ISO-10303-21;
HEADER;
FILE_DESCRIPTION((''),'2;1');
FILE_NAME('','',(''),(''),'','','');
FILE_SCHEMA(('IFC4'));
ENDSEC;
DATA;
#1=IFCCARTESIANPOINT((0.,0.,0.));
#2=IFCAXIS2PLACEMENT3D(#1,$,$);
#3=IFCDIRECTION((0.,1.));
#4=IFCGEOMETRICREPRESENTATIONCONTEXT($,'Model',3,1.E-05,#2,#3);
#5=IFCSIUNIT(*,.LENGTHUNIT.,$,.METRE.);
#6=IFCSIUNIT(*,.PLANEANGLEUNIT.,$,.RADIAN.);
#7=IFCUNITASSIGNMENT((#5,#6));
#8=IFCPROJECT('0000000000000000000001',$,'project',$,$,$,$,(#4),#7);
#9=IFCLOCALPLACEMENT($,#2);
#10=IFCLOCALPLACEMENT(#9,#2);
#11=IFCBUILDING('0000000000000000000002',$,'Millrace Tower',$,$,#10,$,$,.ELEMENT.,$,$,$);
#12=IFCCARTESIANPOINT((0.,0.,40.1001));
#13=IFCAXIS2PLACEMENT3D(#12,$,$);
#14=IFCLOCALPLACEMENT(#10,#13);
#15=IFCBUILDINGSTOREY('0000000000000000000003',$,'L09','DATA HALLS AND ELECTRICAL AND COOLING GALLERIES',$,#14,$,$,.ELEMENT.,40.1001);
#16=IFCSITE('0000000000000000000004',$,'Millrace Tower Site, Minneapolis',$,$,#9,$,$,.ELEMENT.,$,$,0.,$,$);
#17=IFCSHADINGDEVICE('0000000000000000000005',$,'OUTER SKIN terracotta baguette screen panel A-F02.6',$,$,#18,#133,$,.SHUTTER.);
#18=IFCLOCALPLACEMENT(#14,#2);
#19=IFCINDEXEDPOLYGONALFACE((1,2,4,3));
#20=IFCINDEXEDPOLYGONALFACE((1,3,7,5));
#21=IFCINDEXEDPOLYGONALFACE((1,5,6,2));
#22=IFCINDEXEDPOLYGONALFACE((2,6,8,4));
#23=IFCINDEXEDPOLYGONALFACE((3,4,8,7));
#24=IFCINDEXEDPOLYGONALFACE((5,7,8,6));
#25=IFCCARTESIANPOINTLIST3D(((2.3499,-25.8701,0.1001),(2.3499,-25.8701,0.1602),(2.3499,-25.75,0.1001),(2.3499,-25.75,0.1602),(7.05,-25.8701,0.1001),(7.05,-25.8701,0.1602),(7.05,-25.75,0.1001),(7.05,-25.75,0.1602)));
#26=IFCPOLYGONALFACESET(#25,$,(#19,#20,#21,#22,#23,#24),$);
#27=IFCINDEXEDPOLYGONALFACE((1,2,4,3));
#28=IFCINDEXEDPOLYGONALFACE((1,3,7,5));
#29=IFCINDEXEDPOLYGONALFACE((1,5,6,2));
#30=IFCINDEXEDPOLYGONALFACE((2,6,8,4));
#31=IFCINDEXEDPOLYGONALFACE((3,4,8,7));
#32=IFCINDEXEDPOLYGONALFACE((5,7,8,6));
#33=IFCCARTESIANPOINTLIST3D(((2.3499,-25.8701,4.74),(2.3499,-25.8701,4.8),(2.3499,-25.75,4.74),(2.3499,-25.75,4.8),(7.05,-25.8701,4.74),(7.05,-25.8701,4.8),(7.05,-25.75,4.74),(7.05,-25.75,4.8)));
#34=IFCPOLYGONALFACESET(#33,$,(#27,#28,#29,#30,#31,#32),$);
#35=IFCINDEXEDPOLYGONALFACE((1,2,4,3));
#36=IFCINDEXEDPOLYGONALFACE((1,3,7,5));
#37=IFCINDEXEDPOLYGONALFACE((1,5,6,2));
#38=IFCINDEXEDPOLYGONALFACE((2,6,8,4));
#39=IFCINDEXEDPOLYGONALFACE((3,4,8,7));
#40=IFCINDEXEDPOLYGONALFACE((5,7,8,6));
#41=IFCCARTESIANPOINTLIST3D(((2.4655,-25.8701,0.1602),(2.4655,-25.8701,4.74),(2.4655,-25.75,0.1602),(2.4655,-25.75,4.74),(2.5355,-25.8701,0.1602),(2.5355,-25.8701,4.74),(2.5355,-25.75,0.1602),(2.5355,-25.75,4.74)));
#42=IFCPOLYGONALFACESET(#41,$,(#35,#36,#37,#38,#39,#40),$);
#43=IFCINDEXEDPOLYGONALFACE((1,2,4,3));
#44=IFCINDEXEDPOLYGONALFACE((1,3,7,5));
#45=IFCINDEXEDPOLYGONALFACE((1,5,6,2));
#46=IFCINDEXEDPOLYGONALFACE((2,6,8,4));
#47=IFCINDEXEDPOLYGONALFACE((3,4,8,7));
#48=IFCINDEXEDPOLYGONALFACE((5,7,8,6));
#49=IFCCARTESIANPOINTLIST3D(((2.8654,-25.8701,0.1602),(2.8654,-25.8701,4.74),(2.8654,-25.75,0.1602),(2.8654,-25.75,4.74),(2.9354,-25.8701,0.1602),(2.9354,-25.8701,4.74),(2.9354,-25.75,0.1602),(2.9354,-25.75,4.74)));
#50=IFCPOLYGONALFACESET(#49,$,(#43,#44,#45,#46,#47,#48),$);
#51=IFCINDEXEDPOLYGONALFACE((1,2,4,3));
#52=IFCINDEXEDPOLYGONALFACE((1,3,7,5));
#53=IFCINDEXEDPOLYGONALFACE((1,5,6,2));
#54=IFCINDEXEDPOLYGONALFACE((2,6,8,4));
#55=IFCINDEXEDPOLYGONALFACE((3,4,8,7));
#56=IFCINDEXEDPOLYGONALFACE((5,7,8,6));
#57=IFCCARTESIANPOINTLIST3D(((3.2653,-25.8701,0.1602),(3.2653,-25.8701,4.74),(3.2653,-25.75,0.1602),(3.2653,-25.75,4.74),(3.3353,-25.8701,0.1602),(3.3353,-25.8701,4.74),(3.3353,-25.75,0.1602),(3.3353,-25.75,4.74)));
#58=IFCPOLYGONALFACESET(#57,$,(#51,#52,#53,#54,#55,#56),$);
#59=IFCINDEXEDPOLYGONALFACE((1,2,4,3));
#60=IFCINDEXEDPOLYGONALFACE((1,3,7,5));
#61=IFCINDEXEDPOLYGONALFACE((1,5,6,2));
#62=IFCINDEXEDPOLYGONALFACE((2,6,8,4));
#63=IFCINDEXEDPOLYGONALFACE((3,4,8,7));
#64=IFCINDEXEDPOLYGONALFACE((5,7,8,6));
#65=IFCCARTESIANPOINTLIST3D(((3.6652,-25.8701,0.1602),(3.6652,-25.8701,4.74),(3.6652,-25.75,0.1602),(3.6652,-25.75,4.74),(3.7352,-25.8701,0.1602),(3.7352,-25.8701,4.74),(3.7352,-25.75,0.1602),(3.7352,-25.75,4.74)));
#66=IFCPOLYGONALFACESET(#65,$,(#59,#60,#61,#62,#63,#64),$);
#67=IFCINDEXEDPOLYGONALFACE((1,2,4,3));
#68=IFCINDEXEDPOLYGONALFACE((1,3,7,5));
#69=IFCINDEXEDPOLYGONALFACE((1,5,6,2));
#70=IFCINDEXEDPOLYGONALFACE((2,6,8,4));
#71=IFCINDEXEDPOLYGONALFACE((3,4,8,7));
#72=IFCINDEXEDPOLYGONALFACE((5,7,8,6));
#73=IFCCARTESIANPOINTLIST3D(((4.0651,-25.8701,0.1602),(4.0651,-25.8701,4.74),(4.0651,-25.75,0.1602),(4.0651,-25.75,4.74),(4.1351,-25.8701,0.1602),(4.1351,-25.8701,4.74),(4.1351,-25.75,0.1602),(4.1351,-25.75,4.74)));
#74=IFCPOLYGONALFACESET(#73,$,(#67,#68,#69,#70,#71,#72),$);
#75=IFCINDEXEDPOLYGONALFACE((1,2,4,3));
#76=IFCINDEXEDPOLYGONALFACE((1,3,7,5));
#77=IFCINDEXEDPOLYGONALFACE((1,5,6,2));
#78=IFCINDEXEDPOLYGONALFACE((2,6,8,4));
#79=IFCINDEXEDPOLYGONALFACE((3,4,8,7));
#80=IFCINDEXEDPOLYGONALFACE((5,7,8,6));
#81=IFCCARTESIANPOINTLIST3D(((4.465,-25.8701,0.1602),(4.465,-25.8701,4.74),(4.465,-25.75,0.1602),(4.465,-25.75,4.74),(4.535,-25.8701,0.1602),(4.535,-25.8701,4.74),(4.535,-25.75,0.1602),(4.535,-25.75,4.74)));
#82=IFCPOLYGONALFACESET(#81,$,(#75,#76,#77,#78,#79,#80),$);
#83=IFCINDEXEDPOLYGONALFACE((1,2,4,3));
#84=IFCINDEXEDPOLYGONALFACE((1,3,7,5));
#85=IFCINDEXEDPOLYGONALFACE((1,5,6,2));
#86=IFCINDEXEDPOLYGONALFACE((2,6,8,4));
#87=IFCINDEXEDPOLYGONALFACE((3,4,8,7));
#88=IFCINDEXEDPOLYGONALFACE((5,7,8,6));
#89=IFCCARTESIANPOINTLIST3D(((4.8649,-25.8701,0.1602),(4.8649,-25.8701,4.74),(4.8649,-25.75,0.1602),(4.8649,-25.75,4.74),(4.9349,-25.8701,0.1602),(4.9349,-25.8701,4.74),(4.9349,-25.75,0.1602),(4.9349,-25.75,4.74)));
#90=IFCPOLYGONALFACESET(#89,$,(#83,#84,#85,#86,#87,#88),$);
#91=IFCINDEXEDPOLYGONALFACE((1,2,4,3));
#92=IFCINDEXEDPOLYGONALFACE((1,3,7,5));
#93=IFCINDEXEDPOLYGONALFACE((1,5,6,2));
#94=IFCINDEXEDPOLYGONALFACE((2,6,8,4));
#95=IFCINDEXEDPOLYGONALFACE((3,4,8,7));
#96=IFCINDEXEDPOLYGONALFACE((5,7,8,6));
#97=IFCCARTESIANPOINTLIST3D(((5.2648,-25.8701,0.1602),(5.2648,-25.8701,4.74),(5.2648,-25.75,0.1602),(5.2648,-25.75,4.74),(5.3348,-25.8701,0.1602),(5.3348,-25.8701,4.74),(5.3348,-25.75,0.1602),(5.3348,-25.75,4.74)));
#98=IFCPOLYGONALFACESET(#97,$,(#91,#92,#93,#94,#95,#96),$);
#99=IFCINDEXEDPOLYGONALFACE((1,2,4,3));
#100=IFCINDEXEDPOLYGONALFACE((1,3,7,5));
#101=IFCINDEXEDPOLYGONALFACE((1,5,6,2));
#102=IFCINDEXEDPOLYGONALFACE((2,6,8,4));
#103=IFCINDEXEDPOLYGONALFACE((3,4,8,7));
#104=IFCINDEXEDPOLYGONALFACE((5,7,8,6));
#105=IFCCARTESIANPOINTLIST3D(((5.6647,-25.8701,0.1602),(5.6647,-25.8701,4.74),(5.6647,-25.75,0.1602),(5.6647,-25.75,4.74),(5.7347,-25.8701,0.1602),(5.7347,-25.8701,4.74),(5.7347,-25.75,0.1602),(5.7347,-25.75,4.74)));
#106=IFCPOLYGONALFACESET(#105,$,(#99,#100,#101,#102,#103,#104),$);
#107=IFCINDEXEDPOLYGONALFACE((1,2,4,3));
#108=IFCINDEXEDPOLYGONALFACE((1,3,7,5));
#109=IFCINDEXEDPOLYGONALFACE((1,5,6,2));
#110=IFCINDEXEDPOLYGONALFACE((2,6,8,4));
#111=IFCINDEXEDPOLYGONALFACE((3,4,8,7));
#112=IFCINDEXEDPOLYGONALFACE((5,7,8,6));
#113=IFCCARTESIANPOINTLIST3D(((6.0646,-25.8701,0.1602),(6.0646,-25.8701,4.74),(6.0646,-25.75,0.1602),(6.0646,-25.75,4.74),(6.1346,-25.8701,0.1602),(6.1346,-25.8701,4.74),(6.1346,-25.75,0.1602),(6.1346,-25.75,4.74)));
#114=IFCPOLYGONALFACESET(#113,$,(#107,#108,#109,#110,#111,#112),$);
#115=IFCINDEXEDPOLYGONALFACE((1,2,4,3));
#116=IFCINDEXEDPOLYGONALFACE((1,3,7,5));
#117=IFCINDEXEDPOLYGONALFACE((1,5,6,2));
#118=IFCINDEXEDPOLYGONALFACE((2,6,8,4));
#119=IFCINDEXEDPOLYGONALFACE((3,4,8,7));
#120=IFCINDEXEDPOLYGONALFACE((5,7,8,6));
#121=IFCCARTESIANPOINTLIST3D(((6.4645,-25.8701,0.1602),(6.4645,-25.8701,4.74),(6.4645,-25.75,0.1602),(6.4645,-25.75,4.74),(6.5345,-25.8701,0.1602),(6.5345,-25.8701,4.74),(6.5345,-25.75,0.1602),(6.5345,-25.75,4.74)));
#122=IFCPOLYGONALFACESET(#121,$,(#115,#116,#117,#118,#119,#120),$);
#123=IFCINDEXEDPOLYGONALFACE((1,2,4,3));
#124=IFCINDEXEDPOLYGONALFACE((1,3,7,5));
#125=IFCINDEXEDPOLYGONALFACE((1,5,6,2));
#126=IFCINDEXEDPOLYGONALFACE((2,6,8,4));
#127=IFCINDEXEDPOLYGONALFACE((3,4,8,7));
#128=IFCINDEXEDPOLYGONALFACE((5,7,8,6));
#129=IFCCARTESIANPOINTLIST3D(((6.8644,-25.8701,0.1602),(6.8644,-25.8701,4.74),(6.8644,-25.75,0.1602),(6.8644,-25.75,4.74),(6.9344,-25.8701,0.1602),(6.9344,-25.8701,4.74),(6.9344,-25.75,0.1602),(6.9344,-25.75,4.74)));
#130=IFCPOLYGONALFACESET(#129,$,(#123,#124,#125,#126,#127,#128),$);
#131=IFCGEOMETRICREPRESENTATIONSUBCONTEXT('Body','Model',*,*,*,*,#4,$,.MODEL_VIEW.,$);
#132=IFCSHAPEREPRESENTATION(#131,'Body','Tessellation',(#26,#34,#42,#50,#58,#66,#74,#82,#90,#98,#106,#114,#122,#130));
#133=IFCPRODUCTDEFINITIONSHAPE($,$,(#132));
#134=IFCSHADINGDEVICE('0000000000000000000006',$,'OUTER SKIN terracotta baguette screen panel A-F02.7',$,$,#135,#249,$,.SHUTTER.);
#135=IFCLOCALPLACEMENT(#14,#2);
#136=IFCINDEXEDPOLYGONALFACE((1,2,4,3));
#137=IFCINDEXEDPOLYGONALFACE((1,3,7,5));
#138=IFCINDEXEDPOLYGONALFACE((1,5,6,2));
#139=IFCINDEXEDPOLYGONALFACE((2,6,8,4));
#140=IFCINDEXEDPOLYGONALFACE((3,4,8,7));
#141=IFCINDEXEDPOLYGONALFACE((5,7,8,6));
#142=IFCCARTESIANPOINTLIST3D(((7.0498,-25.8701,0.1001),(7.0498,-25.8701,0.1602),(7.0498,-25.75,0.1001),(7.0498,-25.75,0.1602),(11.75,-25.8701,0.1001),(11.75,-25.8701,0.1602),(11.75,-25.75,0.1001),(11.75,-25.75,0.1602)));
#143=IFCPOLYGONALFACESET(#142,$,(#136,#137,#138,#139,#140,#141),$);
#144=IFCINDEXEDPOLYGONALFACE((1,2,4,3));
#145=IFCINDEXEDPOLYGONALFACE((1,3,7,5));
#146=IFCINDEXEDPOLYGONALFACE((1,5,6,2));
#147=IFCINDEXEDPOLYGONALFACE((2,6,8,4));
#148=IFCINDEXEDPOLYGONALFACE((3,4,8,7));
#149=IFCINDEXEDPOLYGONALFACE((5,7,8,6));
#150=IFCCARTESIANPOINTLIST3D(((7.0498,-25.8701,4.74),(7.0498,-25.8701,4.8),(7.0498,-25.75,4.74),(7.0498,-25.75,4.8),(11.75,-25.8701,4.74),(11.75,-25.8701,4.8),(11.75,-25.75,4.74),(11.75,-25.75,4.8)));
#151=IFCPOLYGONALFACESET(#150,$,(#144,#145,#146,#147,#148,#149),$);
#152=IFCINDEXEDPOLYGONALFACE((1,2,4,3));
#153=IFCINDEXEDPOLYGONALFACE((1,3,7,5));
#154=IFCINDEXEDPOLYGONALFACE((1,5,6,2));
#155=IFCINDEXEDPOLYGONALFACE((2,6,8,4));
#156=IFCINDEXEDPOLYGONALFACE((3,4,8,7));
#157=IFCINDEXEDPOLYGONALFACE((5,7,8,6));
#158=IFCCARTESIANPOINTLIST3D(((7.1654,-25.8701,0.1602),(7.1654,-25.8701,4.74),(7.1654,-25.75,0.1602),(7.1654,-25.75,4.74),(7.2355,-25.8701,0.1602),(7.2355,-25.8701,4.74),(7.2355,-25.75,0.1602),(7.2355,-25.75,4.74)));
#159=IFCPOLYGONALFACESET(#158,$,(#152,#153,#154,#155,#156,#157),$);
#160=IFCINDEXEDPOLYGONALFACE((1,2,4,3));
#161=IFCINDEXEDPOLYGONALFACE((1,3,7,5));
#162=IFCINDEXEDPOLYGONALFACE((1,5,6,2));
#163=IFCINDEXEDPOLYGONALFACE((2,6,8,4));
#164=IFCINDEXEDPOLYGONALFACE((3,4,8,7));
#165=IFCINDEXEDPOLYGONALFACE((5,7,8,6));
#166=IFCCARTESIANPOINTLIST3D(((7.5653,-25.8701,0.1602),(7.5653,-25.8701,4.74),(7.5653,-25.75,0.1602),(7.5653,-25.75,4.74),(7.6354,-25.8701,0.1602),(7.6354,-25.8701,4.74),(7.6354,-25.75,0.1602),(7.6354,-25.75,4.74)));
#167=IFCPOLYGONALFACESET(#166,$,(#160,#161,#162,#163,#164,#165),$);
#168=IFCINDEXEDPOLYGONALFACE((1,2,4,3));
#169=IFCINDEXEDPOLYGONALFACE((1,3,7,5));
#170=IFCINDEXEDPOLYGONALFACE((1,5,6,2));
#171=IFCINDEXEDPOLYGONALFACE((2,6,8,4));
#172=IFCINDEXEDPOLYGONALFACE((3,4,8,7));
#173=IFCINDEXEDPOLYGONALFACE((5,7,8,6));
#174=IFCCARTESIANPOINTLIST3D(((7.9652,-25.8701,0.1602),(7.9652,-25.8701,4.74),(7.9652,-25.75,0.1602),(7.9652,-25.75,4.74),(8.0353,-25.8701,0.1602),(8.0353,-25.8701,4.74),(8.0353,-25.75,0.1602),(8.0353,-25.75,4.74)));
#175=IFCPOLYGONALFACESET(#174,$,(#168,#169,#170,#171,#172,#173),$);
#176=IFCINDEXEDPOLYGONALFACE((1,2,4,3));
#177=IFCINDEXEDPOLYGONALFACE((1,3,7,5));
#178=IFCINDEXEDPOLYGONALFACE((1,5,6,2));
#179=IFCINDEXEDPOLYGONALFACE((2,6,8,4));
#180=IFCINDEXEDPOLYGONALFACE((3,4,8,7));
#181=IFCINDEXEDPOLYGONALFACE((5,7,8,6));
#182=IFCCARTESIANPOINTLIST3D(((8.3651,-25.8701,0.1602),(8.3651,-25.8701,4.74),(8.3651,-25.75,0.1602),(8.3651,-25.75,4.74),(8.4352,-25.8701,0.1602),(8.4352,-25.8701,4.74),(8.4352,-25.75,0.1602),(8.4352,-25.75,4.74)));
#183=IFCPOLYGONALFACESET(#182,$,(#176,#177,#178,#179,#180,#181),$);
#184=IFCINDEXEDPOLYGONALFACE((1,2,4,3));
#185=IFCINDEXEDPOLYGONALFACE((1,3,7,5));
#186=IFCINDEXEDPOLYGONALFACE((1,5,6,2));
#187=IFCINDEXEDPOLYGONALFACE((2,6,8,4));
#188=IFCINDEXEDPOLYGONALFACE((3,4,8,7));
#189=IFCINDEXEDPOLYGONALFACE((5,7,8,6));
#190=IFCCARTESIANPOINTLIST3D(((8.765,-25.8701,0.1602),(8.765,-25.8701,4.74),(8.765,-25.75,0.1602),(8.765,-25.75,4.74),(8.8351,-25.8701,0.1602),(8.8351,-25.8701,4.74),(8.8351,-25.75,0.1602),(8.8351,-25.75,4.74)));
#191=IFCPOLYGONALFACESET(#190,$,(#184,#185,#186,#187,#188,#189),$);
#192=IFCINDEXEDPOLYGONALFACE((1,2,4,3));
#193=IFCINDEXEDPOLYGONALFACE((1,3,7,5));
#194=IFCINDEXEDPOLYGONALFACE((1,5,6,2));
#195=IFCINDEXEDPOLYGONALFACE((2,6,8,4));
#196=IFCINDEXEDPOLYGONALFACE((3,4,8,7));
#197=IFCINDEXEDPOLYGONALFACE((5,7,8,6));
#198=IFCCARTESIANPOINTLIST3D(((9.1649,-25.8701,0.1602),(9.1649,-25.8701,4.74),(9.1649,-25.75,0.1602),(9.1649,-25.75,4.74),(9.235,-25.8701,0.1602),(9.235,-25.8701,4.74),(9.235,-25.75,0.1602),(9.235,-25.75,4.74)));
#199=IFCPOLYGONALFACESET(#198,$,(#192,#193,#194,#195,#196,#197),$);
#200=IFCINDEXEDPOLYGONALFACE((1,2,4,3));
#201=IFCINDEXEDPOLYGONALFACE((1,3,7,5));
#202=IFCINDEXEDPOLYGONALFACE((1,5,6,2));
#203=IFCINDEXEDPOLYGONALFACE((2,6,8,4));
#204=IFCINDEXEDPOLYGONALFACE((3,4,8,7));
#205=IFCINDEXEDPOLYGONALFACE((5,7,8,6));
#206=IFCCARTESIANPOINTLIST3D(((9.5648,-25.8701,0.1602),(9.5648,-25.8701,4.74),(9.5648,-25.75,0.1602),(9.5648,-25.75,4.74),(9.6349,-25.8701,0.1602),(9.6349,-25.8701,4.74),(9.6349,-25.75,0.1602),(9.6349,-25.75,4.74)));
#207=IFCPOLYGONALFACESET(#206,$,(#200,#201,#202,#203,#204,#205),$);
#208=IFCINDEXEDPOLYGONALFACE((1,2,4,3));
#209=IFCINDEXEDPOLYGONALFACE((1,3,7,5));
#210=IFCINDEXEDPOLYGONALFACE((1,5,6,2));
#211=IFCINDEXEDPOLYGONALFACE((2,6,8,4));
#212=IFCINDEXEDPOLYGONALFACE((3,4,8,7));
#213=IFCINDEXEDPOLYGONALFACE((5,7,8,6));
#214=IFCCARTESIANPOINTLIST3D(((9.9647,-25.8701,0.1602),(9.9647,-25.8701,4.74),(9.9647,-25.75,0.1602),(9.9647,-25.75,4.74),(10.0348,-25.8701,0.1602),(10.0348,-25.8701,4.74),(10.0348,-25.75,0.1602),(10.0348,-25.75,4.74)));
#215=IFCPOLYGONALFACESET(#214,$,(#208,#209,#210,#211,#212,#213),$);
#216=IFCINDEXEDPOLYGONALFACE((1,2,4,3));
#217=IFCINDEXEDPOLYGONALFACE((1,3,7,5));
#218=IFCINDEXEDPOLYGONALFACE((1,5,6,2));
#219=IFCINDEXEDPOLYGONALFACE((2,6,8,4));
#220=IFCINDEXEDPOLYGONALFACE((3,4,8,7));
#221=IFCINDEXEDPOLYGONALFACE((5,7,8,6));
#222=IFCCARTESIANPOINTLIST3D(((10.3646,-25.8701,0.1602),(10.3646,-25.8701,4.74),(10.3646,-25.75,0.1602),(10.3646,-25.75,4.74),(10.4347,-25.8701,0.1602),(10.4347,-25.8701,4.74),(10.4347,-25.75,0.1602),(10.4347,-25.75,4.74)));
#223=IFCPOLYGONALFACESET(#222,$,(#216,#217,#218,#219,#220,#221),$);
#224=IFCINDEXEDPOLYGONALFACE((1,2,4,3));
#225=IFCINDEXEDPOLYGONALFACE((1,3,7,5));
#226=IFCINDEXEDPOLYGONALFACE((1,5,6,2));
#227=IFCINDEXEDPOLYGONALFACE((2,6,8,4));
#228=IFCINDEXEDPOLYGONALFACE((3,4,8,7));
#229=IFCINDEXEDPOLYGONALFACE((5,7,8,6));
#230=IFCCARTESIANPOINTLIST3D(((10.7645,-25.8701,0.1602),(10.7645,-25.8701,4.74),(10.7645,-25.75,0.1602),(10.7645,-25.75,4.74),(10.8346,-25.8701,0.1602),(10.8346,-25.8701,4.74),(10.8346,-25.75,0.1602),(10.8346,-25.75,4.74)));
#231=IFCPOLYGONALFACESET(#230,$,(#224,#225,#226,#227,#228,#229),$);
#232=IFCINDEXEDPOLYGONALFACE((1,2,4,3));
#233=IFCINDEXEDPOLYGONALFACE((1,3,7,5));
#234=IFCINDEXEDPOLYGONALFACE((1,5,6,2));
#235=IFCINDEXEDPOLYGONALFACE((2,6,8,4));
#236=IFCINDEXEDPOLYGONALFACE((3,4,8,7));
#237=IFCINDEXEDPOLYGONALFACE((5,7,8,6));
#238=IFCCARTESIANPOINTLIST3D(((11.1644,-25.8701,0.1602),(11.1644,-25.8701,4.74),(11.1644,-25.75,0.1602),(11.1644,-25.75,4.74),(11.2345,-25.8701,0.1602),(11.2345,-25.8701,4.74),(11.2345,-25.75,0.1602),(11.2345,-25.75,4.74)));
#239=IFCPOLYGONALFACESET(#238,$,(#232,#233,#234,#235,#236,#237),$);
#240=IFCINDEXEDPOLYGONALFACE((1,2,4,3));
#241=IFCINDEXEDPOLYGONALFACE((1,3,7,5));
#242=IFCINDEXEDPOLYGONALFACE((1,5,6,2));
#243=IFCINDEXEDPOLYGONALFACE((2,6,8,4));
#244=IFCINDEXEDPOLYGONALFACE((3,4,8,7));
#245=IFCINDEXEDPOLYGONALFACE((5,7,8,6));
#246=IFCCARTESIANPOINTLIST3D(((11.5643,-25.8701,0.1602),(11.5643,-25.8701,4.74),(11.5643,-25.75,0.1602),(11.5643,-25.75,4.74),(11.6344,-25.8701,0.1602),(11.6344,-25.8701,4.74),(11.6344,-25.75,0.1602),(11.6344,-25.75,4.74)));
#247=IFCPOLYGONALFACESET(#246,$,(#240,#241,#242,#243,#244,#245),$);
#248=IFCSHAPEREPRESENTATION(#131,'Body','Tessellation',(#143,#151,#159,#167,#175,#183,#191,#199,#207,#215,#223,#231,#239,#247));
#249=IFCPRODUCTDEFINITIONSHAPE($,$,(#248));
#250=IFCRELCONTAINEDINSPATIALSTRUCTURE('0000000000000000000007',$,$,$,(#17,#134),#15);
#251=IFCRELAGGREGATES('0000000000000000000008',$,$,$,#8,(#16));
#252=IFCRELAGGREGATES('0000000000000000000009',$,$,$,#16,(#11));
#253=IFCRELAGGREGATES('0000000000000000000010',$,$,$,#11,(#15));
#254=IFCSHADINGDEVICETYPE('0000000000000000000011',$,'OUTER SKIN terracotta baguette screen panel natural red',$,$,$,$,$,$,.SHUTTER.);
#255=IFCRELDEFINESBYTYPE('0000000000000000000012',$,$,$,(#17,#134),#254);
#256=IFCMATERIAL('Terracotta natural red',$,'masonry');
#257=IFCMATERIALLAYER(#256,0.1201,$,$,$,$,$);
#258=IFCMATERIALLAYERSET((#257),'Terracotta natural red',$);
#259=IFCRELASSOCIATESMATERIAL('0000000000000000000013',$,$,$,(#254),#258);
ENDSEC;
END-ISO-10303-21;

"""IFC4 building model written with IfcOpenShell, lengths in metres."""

from ifc_helpers import new_model, entity, si_unit, direction, frame, frame_2d, origin, place, context, subcontext, project, spatial, rectangle, extrude, source, transform, mapped, material, layer, layer_set, type_object, element, save


model = new_model("IFC4")

# Units and contexts
model_context = context("Model", 3, precision=1e-05, world=origin(), true_north=direction((0.0, 1.0)))
body_context = subcontext(model_context, "Body", "Model", "MODEL_VIEW")
ifc_project = project(units=[si_unit("LENGTHUNIT", "METRE"), si_unit("PLANEANGLEUNIT", "RADIAN")], contexts=[model_context])

# Site, building, storey
site_placement = place(None, origin())
site = spatial("IfcSite", under=ifc_project, at=site_placement, Name="Millrace Tower Site, Minneapolis", CompositionType="ELEMENT", RefElevation=0.0)
building_placement = place(site_placement, origin())
building = spatial("IfcBuilding", under=site, at=building_placement, Name="Millrace Tower", CompositionType="ELEMENT")
storey_placement = place(building_placement, frame((0.0, 0.0, 40.1001)))
storey = spatial("IfcBuildingStorey", under=building, at=storey_placement, Name="L09", Description="DATA HALLS AND ELECTRICAL AND COOLING GALLERIES", CompositionType="ELEMENT", Elevation=40.1001)

# Shading devices
ifc_material_1 = material(Name="Terracotta natural red", Category="masonry")
ifc_layer_1 = layer(ifc_material_1, 0.1201)
ifc_layer_set_1 = layer_set([ifc_layer_1], Name="Terracotta natural red")
shading_device_type = type_object("IfcShadingDeviceType", Name="OUTER SKIN terracotta baguette screen panel natural red", PredefinedType="SHUTTER", material=ifc_layer_set_1)
cartesian_point = entity("IfcCartesianPoint", [-2.3501, 0.0601])
shared_polyline = entity("IfcPolyline", [cartesian_point, entity("IfcCartesianPoint", [2.3501, 0.0601]), entity("IfcCartesianPoint", [2.3501, -0.0601]), entity("IfcCartesianPoint", [-2.3501, -0.0601]), cartesian_point])
shared_shape = source(origin(), body_context, "Body", "SweptSolid", [
    entity("IfcExtrudedAreaSolid", entity("IfcArbitraryClosedProfileDef", "AREA", None, shared_polyline), entity("IfcAxis2Placement3D", entity("IfcCartesianPoint", [0.0, 0.0, 0.0])), entity("IfcDirection", [0.0, 0.0, 1.0]), 0.0601),
    entity("IfcExtrudedAreaSolid", entity("IfcArbitraryClosedProfileDef", "AREA", None, shared_polyline), entity("IfcAxis2Placement3D", entity("IfcCartesianPoint", [0.0, 0.0, 4.6399])), entity("IfcDirection", [0.0, 0.0, 1.0]), 0.0601),
    extrude(rectangle(XDim=0.0701, YDim=0.1201, at=frame_2d((-2.1995, 0.0))), frame((0.0, 0.0, 0.0601)), (0.0, 0.0, 1.0), 4.5798),
    extrude(rectangle(XDim=0.0701, YDim=0.1201, at=frame_2d((-1.7996, 0.0))), frame((0.0, 0.0, 0.0601)), (0.0, 0.0, 1.0), 4.5798),
    extrude(rectangle(XDim=0.0701, YDim=0.1201, at=frame_2d((-1.3997, 0.0))), frame((0.0, 0.0, 0.0601)), (0.0, 0.0, 1.0), 4.5798),
    extrude(rectangle(XDim=0.0701, YDim=0.1201, at=frame_2d((-0.9998, 0.0))), frame((0.0, 0.0, 0.0601)), (0.0, 0.0, 1.0), 4.5798),
    extrude(rectangle(XDim=0.0701, YDim=0.1201, at=frame_2d((-0.5999, 0.0))), frame((0.0, 0.0, 0.0601)), (0.0, 0.0, 1.0), 4.5798),
    extrude(rectangle(XDim=0.0701, YDim=0.1201, at=frame_2d((-0.2, 0.0))), frame((0.0, 0.0, 0.0601)), (0.0, 0.0, 1.0), 4.5798),
    extrude(rectangle(XDim=0.0701, YDim=0.1201, at=frame_2d((0.2, 0.0))), frame((0.0, 0.0, 0.0601)), (0.0, 0.0, 1.0), 4.5798),
    extrude(rectangle(XDim=0.0701, YDim=0.1201, at=frame_2d((0.5999, 0.0))), frame((0.0, 0.0, 0.0601)), (0.0, 0.0, 1.0), 4.5798),
    extrude(rectangle(XDim=0.0701, YDim=0.1201, at=frame_2d((0.9998, 0.0))), frame((0.0, 0.0, 0.0601)), (0.0, 0.0, 1.0), 4.5798),
    extrude(rectangle(XDim=0.0701, YDim=0.1201, at=frame_2d((1.3997, 0.0))), frame((0.0, 0.0, 0.0601)), (0.0, 0.0, 1.0), 4.5798),
    extrude(rectangle(XDim=0.0701, YDim=0.1201, at=frame_2d((1.7996, 0.0))), frame((0.0, 0.0, 0.0601)), (0.0, 0.0, 1.0), 4.5798),
    extrude(rectangle(XDim=0.0701, YDim=0.1201, at=frame_2d((2.1995, 0.0))), frame((0.0, 0.0, 0.0601)), (0.0, 0.0, 1.0), 4.5798),
])
for number, where, z_axis, x_axis, name in (
    (1, (4.7, -25.8101, 0.1001), (0.0, 0.0, 1.0), (1.0, 0.0, 0.0), "OUTER SKIN terracotta baguette screen panel A-F02.6"),
    (2, (9.3999, -25.8101, 0.1001), (0.0, 0.0, 1.0), (1.0, 0.0, 0.0), "OUTER SKIN terracotta baguette screen panel A-F02.7"),
):
    element("IfcShadingDevice", number, at=place(storey_placement, frame(where, z_axis=z_axis, x_axis=x_axis)), inside=storey, type_object=shading_device_type, Name=name, PredefinedType="SHUTTER", context=body_context, shape_type="MappedRepresentation", body=[
        mapped(shared_shape, transform((0.0, 0.0, 0.0), scale=1.0)),
    ])

save(model, "model.ifc")
